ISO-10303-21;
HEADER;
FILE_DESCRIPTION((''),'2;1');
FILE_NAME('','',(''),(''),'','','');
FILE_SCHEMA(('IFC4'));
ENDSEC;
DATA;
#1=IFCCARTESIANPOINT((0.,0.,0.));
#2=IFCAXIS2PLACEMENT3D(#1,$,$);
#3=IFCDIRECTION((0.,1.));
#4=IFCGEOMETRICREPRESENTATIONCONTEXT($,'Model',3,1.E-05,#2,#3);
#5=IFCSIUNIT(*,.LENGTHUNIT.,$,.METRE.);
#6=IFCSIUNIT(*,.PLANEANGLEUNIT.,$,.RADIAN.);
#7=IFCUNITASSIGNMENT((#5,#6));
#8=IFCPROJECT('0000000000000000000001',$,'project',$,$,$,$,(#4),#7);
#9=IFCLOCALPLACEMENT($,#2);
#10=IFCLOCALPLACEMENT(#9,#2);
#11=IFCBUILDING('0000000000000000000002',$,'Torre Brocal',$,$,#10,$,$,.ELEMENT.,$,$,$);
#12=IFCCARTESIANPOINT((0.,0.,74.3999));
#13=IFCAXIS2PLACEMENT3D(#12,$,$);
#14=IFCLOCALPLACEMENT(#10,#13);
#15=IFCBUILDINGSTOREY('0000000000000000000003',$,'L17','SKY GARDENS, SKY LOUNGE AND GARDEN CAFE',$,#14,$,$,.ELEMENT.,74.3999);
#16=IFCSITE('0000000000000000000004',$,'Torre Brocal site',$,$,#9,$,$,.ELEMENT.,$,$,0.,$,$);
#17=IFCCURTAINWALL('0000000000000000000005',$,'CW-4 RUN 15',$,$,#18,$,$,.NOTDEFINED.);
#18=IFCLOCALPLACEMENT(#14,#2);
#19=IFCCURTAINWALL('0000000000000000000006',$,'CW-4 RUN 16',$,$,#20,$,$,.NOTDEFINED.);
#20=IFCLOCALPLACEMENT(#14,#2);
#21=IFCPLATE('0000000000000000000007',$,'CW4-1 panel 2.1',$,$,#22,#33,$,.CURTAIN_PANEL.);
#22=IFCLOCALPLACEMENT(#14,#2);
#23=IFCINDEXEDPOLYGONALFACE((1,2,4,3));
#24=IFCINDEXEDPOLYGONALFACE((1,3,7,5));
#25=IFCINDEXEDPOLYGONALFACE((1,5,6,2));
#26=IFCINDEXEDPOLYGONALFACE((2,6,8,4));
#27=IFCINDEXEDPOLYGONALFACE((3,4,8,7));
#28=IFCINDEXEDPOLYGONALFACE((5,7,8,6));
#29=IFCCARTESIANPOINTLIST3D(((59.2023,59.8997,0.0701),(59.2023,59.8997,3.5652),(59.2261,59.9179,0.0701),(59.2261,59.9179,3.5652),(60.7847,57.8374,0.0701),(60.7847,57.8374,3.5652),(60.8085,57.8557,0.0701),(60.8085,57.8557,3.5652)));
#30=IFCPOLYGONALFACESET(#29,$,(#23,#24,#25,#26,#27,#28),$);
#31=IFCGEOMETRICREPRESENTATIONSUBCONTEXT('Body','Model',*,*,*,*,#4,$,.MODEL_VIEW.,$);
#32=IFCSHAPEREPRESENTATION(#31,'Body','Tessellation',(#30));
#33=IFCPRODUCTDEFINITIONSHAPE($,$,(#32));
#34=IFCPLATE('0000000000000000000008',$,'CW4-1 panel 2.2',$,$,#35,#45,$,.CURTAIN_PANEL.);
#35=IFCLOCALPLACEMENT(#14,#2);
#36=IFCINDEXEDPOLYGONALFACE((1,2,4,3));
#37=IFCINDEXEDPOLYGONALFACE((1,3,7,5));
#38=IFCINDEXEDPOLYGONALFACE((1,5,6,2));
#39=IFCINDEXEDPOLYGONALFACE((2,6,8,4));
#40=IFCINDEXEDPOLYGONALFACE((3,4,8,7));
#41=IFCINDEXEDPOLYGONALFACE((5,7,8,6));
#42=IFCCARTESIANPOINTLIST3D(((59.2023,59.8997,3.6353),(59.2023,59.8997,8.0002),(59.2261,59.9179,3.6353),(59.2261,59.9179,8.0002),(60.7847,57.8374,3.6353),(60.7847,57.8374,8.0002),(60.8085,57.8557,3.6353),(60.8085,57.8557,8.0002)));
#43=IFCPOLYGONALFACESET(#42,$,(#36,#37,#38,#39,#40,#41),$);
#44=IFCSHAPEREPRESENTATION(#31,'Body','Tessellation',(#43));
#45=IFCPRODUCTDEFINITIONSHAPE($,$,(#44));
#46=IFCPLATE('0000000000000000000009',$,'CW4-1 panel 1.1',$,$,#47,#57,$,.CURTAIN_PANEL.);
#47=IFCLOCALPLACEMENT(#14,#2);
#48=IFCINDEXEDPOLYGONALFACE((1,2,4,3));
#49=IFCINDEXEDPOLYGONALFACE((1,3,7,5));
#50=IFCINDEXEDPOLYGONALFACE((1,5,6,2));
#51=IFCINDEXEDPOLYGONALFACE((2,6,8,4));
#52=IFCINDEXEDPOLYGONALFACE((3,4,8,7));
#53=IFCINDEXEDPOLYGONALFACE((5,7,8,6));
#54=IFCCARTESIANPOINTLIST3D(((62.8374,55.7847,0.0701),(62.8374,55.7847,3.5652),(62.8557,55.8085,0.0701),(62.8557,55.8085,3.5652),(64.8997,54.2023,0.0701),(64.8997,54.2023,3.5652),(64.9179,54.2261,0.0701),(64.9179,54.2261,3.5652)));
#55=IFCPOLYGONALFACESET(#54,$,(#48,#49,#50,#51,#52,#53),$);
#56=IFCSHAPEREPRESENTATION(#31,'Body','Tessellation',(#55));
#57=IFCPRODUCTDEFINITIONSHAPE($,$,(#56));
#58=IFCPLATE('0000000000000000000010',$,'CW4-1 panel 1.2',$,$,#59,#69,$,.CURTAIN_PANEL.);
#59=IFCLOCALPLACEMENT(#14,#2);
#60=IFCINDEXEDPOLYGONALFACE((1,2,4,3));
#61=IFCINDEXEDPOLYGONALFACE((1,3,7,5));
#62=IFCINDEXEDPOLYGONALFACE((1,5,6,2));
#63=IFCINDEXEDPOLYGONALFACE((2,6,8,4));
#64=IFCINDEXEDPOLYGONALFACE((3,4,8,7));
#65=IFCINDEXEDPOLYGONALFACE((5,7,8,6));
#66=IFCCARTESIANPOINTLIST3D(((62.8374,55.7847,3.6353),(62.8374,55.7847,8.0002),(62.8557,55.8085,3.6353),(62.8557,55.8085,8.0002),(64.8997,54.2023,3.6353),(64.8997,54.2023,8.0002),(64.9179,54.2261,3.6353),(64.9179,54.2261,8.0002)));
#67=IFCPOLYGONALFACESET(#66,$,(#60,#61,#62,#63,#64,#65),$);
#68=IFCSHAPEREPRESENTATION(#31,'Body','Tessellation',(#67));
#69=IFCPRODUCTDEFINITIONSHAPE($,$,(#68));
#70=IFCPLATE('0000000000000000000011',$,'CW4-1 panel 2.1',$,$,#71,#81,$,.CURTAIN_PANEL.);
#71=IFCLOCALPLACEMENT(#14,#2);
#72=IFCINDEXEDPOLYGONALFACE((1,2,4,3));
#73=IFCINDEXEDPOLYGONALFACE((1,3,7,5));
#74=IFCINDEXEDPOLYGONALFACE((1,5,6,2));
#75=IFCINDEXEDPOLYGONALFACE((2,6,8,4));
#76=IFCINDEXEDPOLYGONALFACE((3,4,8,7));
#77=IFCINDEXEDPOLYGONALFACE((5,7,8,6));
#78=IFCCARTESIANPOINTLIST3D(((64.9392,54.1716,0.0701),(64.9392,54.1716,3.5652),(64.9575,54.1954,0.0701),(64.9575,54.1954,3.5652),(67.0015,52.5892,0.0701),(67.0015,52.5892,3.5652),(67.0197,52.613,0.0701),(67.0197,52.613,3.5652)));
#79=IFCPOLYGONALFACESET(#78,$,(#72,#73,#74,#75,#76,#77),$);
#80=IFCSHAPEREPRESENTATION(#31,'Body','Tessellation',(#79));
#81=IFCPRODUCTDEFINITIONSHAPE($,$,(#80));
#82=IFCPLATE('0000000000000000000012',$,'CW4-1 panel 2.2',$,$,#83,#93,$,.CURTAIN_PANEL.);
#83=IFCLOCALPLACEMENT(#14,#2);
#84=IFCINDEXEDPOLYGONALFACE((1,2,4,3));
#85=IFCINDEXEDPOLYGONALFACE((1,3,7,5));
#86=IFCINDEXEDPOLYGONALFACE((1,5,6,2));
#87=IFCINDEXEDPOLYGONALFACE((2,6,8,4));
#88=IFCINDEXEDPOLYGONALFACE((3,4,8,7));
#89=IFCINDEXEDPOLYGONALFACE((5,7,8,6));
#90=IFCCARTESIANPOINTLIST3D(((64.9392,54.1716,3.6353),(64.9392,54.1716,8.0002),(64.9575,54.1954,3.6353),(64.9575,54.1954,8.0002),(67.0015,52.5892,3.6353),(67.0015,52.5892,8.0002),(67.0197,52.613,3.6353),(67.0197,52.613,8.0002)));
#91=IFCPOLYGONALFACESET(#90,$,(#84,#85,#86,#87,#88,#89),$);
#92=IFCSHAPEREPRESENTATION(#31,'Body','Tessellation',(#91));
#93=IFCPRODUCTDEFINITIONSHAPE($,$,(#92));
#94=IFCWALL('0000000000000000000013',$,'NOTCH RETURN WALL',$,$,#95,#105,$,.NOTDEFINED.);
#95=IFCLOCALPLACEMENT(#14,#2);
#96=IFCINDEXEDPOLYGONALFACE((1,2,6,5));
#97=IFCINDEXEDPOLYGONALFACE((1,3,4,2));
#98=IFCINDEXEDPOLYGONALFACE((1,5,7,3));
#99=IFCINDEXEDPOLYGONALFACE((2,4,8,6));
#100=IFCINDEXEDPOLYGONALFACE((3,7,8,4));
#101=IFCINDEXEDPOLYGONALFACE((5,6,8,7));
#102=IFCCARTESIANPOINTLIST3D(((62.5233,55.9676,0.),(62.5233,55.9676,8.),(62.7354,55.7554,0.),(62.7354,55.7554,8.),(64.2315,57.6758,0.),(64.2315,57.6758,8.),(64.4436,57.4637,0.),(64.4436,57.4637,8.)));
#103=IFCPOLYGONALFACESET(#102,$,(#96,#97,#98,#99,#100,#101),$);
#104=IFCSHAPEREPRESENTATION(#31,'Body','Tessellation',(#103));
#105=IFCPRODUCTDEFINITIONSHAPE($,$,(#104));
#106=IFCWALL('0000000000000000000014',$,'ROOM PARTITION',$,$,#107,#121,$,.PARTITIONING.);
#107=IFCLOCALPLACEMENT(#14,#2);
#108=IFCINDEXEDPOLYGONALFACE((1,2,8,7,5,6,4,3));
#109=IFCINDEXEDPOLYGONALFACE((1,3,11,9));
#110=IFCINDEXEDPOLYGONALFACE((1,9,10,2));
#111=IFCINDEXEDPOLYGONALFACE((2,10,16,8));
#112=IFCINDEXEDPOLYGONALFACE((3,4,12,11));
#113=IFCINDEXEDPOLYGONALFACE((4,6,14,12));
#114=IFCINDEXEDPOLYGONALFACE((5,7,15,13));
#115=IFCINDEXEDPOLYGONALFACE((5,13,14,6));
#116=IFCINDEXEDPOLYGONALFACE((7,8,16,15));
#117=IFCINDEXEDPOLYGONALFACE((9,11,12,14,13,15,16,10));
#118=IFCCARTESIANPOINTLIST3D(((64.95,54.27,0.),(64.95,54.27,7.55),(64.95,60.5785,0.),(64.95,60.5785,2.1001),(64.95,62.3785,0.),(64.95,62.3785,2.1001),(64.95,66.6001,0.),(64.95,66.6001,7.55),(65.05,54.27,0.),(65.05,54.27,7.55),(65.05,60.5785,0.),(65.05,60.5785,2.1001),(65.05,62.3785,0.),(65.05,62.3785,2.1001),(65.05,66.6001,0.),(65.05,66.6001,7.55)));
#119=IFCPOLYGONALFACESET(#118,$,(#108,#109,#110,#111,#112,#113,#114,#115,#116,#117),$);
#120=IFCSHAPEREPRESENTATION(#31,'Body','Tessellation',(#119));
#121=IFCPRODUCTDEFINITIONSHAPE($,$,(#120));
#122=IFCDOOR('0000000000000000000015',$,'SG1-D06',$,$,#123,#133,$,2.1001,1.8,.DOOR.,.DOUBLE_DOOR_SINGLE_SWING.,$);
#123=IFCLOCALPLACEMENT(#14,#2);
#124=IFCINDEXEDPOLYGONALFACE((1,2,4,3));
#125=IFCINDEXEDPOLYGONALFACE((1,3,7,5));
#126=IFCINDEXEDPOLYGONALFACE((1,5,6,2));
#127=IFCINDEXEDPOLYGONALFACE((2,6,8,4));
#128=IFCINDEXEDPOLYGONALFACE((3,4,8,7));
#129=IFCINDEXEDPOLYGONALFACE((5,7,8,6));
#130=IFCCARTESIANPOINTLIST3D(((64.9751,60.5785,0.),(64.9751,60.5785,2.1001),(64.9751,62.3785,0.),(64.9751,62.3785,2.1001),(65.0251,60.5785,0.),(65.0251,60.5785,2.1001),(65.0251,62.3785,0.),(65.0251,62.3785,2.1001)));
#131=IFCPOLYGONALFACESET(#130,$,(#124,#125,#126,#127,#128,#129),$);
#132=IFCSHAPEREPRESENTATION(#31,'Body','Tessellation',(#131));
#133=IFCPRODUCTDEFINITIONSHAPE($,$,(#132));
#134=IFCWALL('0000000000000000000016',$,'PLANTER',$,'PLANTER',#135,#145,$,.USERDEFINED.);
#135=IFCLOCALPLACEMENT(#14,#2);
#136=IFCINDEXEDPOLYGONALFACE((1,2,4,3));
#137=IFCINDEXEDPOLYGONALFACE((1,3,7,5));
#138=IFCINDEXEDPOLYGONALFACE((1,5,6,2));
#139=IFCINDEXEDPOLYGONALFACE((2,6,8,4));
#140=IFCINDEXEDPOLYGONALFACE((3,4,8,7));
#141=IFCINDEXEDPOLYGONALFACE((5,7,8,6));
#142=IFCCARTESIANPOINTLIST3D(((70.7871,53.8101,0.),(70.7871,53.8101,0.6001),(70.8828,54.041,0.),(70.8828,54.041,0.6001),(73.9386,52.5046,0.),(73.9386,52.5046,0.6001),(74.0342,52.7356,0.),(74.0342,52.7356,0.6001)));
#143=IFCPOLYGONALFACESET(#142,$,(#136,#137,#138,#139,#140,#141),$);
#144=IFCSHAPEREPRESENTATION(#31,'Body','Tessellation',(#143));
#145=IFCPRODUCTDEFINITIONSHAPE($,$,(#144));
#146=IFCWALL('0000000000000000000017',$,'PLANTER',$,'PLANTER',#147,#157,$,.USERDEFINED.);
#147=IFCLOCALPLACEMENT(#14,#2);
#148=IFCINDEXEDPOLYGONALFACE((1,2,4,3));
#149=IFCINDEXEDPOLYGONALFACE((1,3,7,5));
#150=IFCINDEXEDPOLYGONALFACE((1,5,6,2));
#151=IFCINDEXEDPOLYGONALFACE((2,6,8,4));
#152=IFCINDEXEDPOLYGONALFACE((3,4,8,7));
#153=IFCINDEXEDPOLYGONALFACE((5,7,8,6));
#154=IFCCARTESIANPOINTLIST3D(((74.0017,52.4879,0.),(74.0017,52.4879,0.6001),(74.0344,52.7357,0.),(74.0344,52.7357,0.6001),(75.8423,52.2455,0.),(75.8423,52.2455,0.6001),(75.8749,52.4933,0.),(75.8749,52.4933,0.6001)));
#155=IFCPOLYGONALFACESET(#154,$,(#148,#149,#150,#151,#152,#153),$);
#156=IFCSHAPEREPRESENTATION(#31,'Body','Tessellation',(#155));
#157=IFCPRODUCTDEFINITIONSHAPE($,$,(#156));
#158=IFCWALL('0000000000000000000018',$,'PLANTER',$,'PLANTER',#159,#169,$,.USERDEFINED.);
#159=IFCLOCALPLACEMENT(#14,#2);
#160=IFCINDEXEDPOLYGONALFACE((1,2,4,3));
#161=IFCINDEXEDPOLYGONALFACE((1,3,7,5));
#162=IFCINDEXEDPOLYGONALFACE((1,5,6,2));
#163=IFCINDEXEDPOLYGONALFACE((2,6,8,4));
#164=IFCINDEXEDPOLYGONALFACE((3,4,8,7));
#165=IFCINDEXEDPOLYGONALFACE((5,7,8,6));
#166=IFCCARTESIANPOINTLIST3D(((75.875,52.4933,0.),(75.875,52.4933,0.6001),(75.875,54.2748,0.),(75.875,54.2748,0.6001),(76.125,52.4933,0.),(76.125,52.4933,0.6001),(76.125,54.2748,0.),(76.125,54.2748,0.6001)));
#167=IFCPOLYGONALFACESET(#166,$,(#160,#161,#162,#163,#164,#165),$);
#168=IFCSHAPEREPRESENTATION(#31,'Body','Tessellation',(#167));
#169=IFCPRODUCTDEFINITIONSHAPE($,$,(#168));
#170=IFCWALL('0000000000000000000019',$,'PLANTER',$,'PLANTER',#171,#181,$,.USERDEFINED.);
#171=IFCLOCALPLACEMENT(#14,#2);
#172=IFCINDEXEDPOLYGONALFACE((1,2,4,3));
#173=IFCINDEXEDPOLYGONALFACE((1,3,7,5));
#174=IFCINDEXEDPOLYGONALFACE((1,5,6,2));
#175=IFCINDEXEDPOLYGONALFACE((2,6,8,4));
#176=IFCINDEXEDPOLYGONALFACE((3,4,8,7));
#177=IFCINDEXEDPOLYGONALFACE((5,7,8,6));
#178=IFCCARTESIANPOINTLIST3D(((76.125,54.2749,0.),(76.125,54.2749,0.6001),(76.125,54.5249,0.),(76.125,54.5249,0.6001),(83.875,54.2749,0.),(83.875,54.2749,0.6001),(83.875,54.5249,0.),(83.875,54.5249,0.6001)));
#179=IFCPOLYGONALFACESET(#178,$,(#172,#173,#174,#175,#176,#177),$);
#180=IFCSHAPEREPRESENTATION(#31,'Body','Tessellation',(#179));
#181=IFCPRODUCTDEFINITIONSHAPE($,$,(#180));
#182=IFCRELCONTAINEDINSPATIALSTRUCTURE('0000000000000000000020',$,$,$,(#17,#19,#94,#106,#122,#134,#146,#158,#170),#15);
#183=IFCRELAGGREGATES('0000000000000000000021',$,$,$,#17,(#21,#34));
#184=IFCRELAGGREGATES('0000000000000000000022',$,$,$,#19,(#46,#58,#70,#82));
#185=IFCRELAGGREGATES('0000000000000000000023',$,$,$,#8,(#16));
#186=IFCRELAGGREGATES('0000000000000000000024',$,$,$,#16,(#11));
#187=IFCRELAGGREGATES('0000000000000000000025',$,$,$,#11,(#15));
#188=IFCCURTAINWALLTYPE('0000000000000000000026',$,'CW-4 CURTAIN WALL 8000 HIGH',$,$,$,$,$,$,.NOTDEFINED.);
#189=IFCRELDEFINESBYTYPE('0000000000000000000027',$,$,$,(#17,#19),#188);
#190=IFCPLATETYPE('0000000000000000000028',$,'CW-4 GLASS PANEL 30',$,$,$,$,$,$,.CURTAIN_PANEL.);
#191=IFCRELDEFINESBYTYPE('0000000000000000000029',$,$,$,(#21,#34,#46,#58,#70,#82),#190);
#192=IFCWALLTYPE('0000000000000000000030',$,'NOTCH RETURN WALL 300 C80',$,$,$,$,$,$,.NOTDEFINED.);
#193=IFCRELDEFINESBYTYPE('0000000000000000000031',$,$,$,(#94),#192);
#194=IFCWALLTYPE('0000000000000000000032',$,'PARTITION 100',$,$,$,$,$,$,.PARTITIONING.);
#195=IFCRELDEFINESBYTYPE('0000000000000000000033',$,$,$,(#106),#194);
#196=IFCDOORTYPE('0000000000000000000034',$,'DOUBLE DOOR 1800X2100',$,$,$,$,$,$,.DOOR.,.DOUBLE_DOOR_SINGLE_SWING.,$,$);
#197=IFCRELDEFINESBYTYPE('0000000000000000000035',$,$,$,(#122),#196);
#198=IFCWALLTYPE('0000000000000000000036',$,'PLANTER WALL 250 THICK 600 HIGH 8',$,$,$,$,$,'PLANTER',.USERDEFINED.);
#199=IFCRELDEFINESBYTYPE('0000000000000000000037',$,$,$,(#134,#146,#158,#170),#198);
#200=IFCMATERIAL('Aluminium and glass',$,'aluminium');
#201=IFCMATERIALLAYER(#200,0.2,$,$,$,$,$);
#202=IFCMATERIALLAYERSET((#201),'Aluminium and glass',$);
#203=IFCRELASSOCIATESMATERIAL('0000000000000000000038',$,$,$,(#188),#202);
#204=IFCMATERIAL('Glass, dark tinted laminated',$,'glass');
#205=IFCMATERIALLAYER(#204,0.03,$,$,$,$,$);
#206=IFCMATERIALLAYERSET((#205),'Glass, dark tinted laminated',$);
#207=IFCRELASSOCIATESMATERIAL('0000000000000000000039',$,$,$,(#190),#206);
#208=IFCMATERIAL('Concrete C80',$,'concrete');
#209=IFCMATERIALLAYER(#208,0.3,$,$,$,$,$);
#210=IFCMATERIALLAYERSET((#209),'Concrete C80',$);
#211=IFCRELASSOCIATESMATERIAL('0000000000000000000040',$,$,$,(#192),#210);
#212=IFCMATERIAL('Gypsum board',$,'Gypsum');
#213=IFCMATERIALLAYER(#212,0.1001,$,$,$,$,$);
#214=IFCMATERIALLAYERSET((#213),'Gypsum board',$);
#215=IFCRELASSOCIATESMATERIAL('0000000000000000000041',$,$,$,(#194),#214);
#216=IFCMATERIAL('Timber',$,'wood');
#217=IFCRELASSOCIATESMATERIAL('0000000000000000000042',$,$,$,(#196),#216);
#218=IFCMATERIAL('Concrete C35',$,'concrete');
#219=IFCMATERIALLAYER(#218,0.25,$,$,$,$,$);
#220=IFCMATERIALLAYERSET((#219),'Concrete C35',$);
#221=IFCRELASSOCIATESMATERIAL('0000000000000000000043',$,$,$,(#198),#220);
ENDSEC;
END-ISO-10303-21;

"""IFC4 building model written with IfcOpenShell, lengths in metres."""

from ifc_helpers import new_model, si_unit, direction, frame, frame_2d, origin, origin_2d, place, context, subcontext, project, spatial, rectangle, extrude, material, layer, layer_set, type_object, element, fill, aggregate, save


model = new_model("IFC4")

# Units and contexts
model_context = context("Model", 3, precision=1e-05, world=origin(), true_north=direction((0.0, 1.0)))
body_context = subcontext(model_context, "Body", "Model", "MODEL_VIEW")
ifc_project = project(units=[si_unit("LENGTHUNIT", "METRE"), si_unit("PLANEANGLEUNIT", "RADIAN")], contexts=[model_context])

# Site, building, storey
site_placement = place(None, origin())
site = spatial("IfcSite", under=ifc_project, at=site_placement, Name="Torre Brocal site", CompositionType="ELEMENT", RefElevation=0.0)
building_placement = place(site_placement, origin())
building = spatial("IfcBuilding", under=site, at=building_placement, Name="Torre Brocal", CompositionType="ELEMENT")
storey_placement = place(building_placement, frame((0.0, 0.0, 74.3999)))
storey = spatial("IfcBuildingStorey", under=building, at=storey_placement, Name="L17", Description="SKY GARDENS, SKY LOUNGE AND GARDEN CAFE", CompositionType="ELEMENT", Elevation=74.3999)

# Curtain wall
ifc_material_1 = material(Name="Aluminium and glass", Category="aluminium")
ifc_layer_1 = layer(ifc_material_1, 0.2)
ifc_layer_set_1 = layer_set([ifc_layer_1], Name="Aluminium and glass")
curtain_wall_type = type_object("IfcCurtainWallType", Name="CW-4 CURTAIN WALL 8000 HIGH", PredefinedType="NOTDEFINED", material=ifc_layer_set_1)
curtain_wall_1_placement = place(storey_placement, origin())
curtain_wall_1 = element("IfcCurtainWall", 1, at=curtain_wall_1_placement, inside=storey, type_object=curtain_wall_type, Name="CW-4 RUN 15", PredefinedType="NOTDEFINED")

# Curtain wall
curtain_wall_2_placement = place(storey_placement, origin())
curtain_wall_2 = element("IfcCurtainWall", 2, at=curtain_wall_2_placement, inside=storey, type_object=curtain_wall_type, Name="CW-4 RUN 16", PredefinedType="NOTDEFINED")

# Plates
ifc_material_2 = material(Name="Glass, dark tinted laminated", Category="glass")
ifc_layer_2 = layer(ifc_material_2, 0.03)
ifc_layer_set_2 = layer_set([ifc_layer_2], Name="Glass, dark tinted laminated")
plate_type = type_object("IfcPlateType", Name="CW-4 GLASS PANEL 30", PredefinedType="CURTAIN_PANEL", material=ifc_layer_set_2)
plate_1_placement = place(storey_placement, frame((60.0054, 58.8777, 0.0701), z_axis=(0.0, 0.0, 1.0), x_axis=(0.608761, -0.793353, 0.0)))
plate_1 = element("IfcPlate", 3, at=plate_1_placement, type_object=plate_type, Name="CW4-1 panel 2.1", PredefinedType="CURTAIN_PANEL", context=body_context, shape_type="SweptSolid", body=[
    extrude(rectangle(XDim=2.5994, YDim=0.03, at=origin_2d()), origin(), (0.0, 0.0, 1.0), 3.4951),
])
plate_2_placement = place(storey_placement, frame((60.0054, 58.8777, 3.6353), z_axis=(0.0, 0.0, 1.0), x_axis=(0.608761, -0.793353, 0.0)))
plate_2 = element("IfcPlate", 4, at=plate_2_placement, type_object=plate_type, Name="CW4-1 panel 2.2", PredefinedType="CURTAIN_PANEL", context=body_context, shape_type="SweptSolid", body=[
    extrude(rectangle(XDim=2.5994, YDim=0.03, at=origin_2d()), origin(), (0.0, 0.0, 1.0), 4.365),
])
aggregate(curtain_wall_1, [plate_1, plate_2])
plate_3_placement = place(storey_placement, frame((63.8777, 55.0054, 0.0701), z_axis=(0.0, 0.0, 1.0), x_axis=(0.793353, -0.608761, 0.0)))
plate_3 = element("IfcPlate", 5, at=plate_3_placement, type_object=plate_type, Name="CW4-1 panel 1.1", PredefinedType="CURTAIN_PANEL", context=body_context, shape_type="SweptSolid", body=[
    extrude(rectangle(XDim=2.5994, YDim=0.03, at=origin_2d()), origin(), (0.0, 0.0, 1.0), 3.4951),
])
plate_4_placement = place(storey_placement, frame((63.8777, 55.0054, 3.6353), z_axis=(0.0, 0.0, 1.0), x_axis=(0.793353, -0.608761, 0.0)))
plate_4 = element("IfcPlate", 6, at=plate_4_placement, type_object=plate_type, Name="CW4-1 panel 1.2", PredefinedType="CURTAIN_PANEL", context=body_context, shape_type="SweptSolid", body=[
    extrude(rectangle(XDim=2.5994, YDim=0.03, at=origin_2d()), origin(), (0.0, 0.0, 1.0), 4.365),
])
plate_5_placement = place(storey_placement, frame((65.9795, 53.3923, 0.0701), z_axis=(0.0, 0.0, 1.0), x_axis=(0.793353, -0.608761, 0.0)))
plate_5 = element("IfcPlate", 7, at=plate_5_placement, type_object=plate_type, Name="CW4-1 panel 2.1", PredefinedType="CURTAIN_PANEL", context=body_context, shape_type="SweptSolid", body=[
    extrude(rectangle(XDim=2.5994, YDim=0.03, at=origin_2d()), origin(), (0.0, 0.0, 1.0), 3.4951),
])
plate_6_placement = place(storey_placement, frame((65.9795, 53.3923, 3.6353), z_axis=(0.0, 0.0, 1.0), x_axis=(0.793353, -0.608761, 0.0)))
plate_6 = element("IfcPlate", 8, at=plate_6_placement, type_object=plate_type, Name="CW4-1 panel 2.2", PredefinedType="CURTAIN_PANEL", context=body_context, shape_type="SweptSolid", body=[
    extrude(rectangle(XDim=2.5994, YDim=0.03, at=origin_2d()), origin(), (0.0, 0.0, 1.0), 4.365),
])
aggregate(curtain_wall_2, [plate_3, plate_4, plate_5, plate_6])

# Wall
ifc_material_3 = material(Name="Concrete C80", Category="concrete")
ifc_layer_3 = layer(ifc_material_3, 0.3)
ifc_layer_set_3 = layer_set([ifc_layer_3], Name="Concrete C80")
wall_type_1 = type_object("IfcWallType", Name="NOTCH RETURN WALL 300 C80", PredefinedType="NOTDEFINED", material=ifc_layer_set_3)
wall_1_placement = place(storey_placement, frame((64.3376, 57.5698, 0.0), z_axis=(0.0, 0.0, 1.0), x_axis=(-0.707107, -0.707107, 0.0)))
element("IfcWall", 9, at=wall_1_placement, inside=storey, type_object=wall_type_1, Name="NOTCH RETURN WALL", PredefinedType="NOTDEFINED", context=body_context, shape_type="SweptSolid", body=[
    extrude(rectangle(XDim=2.4158, YDim=0.3, at=frame_2d((1.208, 0.0))), origin(), (0.0, 0.0, 1.0), 8.0),
])

# Wall, opening, door
ifc_material_4 = material(Name="Gypsum board", Category="Gypsum")
ifc_layer_4 = layer(ifc_material_4, 0.1001)
ifc_layer_set_4 = layer_set([ifc_layer_4], Name="Gypsum board")
wall_type_2 = type_object("IfcWallType", Name="PARTITION 100", PredefinedType="PARTITIONING", material=ifc_layer_set_4)
wall_2_placement = place(storey_placement, frame((65.0, 54.27, 0.0), z_axis=(0.0, 0.0, 1.0), x_axis=(0.0, 1.0, 0.0)))
wall_2 = element("IfcWall", 10, at=wall_2_placement, inside=storey, type_object=wall_type_2, Name="ROOM PARTITION", PredefinedType="PARTITIONING", context=body_context, shape_type="SweptSolid", body=[
    extrude(rectangle(XDim=12.3301, YDim=0.1001, at=frame_2d((6.165, 0.0))), origin(), (0.0, 0.0, 1.0), 7.55),
])
opening_placement = place(wall_2_placement, frame((6.3086, 0.0, 0.0)))
opening = element("IfcOpeningElement", 11, at=opening_placement, cuts=wall_2, PredefinedType="OPENING", context=body_context, shape_type="SweptSolid", body=[
    extrude(rectangle(XDim=1.8, YDim=2.1001, at=frame_2d((0.8999, 1.05))), frame((0.0, 0.0601, 0.0), z_axis=(0.0, -1.0, 0.0), x_axis=(1.0, 0.0, 0.0)), (0.0, 0.0, 1.0), 0.1201),
])
ifc_material_5 = material(Name="Timber", Category="wood")
door_type = type_object("IfcDoorType", Name="DOUBLE DOOR 1800X2100", OperationType="DOUBLE_DOOR_SINGLE_SWING", PredefinedType="DOOR", material=ifc_material_5)
door_placement = place(opening_placement, origin())
door = element("IfcDoor", 12, at=door_placement, inside=storey, type_object=door_type, Name="SG1-D06", OperationType="DOUBLE_DOOR_SINGLE_SWING", OverallHeight=2.1001, OverallWidth=1.8, PredefinedType="DOOR", context=body_context, shape_type="SweptSolid", body=[
    extrude(rectangle(XDim=1.8, YDim=2.1001, at=frame_2d((0.8999, 1.05))), frame((0.0, 0.0249, 0.0), z_axis=(0.0, -1.0, 0.0), x_axis=(1.0, 0.0, 0.0)), (0.0, 0.0, 1.0), 0.05),
])
fill(opening, door)

# Walls
ifc_material_6 = material(Name="Concrete C35", Category="concrete")
ifc_layer_5 = layer(ifc_material_6, 0.25)
ifc_layer_set_5 = layer_set([ifc_layer_5], Name="Concrete C35")
wall_type_3 = type_object("IfcWallType", Name="PLANTER WALL 250 THICK 600 HIGH 8", ElementType="PLANTER", PredefinedType="USERDEFINED", material=ifc_layer_set_5)
wall_3_placement = place(storey_placement, frame((70.835, 53.9255, 0.0), z_axis=(0.0, 0.0, 1.0), x_axis=(0.923871, -0.382704, 0.0)))
element("IfcWall", 13, at=wall_3_placement, inside=storey, type_object=wall_type_3, Name="PLANTER", ObjectType="PLANTER", PredefinedType="USERDEFINED", context=body_context, shape_type="SweptSolid", body=[
    extrude(rectangle(XDim=3.4111, YDim=0.25, at=frame_2d((1.7056, 0.0))), origin(), (0.0, 0.0, 1.0), 0.6001),
])
wall_4_placement = place(storey_placement, frame((74.0181, 52.6118, 0.0), z_axis=(0.0, 0.0, 1.0), x_axis=(0.991437, -0.130587, 0.0)))
element("IfcWall", 14, at=wall_4_placement, inside=storey, type_object=wall_type_3, Name="PLANTER", ObjectType="PLANTER", PredefinedType="USERDEFINED", context=body_context, shape_type="SweptSolid", body=[
    extrude(rectangle(XDim=1.8564, YDim=0.25, at=frame_2d((0.9282, 0.0))), origin(), (0.0, 0.0, 1.0), 0.6001),
])
wall_5_placement = place(storey_placement, frame((76.0, 52.4934, 0.0), z_axis=(0.0, 0.0, 1.0), x_axis=(0.0, 1.0, 0.0)))
element("IfcWall", 15, at=wall_5_placement, inside=storey, type_object=wall_type_3, Name="PLANTER", ObjectType="PLANTER", PredefinedType="USERDEFINED", context=body_context, shape_type="SweptSolid", body=[
    extrude(rectangle(XDim=1.7815, YDim=0.25, at=frame_2d((0.8906, 0.0))), origin(), (0.0, 0.0, 1.0), 0.6001),
])
wall_6_placement = place(storey_placement, frame((76.125, 54.3999, 0.0), z_axis=(0.0, 0.0, 1.0), x_axis=(1.0, 0.0, 0.0)))
element("IfcWall", 16, at=wall_6_placement, inside=storey, type_object=wall_type_3, Name="PLANTER", ObjectType="PLANTER", PredefinedType="USERDEFINED", context=body_context, shape_type="SweptSolid", body=[
    extrude(rectangle(XDim=7.75, YDim=0.25, at=frame_2d((3.875, 0.0))), origin(), (0.0, 0.0, 1.0), 0.6001),
])

save(model, "model.ifc")
